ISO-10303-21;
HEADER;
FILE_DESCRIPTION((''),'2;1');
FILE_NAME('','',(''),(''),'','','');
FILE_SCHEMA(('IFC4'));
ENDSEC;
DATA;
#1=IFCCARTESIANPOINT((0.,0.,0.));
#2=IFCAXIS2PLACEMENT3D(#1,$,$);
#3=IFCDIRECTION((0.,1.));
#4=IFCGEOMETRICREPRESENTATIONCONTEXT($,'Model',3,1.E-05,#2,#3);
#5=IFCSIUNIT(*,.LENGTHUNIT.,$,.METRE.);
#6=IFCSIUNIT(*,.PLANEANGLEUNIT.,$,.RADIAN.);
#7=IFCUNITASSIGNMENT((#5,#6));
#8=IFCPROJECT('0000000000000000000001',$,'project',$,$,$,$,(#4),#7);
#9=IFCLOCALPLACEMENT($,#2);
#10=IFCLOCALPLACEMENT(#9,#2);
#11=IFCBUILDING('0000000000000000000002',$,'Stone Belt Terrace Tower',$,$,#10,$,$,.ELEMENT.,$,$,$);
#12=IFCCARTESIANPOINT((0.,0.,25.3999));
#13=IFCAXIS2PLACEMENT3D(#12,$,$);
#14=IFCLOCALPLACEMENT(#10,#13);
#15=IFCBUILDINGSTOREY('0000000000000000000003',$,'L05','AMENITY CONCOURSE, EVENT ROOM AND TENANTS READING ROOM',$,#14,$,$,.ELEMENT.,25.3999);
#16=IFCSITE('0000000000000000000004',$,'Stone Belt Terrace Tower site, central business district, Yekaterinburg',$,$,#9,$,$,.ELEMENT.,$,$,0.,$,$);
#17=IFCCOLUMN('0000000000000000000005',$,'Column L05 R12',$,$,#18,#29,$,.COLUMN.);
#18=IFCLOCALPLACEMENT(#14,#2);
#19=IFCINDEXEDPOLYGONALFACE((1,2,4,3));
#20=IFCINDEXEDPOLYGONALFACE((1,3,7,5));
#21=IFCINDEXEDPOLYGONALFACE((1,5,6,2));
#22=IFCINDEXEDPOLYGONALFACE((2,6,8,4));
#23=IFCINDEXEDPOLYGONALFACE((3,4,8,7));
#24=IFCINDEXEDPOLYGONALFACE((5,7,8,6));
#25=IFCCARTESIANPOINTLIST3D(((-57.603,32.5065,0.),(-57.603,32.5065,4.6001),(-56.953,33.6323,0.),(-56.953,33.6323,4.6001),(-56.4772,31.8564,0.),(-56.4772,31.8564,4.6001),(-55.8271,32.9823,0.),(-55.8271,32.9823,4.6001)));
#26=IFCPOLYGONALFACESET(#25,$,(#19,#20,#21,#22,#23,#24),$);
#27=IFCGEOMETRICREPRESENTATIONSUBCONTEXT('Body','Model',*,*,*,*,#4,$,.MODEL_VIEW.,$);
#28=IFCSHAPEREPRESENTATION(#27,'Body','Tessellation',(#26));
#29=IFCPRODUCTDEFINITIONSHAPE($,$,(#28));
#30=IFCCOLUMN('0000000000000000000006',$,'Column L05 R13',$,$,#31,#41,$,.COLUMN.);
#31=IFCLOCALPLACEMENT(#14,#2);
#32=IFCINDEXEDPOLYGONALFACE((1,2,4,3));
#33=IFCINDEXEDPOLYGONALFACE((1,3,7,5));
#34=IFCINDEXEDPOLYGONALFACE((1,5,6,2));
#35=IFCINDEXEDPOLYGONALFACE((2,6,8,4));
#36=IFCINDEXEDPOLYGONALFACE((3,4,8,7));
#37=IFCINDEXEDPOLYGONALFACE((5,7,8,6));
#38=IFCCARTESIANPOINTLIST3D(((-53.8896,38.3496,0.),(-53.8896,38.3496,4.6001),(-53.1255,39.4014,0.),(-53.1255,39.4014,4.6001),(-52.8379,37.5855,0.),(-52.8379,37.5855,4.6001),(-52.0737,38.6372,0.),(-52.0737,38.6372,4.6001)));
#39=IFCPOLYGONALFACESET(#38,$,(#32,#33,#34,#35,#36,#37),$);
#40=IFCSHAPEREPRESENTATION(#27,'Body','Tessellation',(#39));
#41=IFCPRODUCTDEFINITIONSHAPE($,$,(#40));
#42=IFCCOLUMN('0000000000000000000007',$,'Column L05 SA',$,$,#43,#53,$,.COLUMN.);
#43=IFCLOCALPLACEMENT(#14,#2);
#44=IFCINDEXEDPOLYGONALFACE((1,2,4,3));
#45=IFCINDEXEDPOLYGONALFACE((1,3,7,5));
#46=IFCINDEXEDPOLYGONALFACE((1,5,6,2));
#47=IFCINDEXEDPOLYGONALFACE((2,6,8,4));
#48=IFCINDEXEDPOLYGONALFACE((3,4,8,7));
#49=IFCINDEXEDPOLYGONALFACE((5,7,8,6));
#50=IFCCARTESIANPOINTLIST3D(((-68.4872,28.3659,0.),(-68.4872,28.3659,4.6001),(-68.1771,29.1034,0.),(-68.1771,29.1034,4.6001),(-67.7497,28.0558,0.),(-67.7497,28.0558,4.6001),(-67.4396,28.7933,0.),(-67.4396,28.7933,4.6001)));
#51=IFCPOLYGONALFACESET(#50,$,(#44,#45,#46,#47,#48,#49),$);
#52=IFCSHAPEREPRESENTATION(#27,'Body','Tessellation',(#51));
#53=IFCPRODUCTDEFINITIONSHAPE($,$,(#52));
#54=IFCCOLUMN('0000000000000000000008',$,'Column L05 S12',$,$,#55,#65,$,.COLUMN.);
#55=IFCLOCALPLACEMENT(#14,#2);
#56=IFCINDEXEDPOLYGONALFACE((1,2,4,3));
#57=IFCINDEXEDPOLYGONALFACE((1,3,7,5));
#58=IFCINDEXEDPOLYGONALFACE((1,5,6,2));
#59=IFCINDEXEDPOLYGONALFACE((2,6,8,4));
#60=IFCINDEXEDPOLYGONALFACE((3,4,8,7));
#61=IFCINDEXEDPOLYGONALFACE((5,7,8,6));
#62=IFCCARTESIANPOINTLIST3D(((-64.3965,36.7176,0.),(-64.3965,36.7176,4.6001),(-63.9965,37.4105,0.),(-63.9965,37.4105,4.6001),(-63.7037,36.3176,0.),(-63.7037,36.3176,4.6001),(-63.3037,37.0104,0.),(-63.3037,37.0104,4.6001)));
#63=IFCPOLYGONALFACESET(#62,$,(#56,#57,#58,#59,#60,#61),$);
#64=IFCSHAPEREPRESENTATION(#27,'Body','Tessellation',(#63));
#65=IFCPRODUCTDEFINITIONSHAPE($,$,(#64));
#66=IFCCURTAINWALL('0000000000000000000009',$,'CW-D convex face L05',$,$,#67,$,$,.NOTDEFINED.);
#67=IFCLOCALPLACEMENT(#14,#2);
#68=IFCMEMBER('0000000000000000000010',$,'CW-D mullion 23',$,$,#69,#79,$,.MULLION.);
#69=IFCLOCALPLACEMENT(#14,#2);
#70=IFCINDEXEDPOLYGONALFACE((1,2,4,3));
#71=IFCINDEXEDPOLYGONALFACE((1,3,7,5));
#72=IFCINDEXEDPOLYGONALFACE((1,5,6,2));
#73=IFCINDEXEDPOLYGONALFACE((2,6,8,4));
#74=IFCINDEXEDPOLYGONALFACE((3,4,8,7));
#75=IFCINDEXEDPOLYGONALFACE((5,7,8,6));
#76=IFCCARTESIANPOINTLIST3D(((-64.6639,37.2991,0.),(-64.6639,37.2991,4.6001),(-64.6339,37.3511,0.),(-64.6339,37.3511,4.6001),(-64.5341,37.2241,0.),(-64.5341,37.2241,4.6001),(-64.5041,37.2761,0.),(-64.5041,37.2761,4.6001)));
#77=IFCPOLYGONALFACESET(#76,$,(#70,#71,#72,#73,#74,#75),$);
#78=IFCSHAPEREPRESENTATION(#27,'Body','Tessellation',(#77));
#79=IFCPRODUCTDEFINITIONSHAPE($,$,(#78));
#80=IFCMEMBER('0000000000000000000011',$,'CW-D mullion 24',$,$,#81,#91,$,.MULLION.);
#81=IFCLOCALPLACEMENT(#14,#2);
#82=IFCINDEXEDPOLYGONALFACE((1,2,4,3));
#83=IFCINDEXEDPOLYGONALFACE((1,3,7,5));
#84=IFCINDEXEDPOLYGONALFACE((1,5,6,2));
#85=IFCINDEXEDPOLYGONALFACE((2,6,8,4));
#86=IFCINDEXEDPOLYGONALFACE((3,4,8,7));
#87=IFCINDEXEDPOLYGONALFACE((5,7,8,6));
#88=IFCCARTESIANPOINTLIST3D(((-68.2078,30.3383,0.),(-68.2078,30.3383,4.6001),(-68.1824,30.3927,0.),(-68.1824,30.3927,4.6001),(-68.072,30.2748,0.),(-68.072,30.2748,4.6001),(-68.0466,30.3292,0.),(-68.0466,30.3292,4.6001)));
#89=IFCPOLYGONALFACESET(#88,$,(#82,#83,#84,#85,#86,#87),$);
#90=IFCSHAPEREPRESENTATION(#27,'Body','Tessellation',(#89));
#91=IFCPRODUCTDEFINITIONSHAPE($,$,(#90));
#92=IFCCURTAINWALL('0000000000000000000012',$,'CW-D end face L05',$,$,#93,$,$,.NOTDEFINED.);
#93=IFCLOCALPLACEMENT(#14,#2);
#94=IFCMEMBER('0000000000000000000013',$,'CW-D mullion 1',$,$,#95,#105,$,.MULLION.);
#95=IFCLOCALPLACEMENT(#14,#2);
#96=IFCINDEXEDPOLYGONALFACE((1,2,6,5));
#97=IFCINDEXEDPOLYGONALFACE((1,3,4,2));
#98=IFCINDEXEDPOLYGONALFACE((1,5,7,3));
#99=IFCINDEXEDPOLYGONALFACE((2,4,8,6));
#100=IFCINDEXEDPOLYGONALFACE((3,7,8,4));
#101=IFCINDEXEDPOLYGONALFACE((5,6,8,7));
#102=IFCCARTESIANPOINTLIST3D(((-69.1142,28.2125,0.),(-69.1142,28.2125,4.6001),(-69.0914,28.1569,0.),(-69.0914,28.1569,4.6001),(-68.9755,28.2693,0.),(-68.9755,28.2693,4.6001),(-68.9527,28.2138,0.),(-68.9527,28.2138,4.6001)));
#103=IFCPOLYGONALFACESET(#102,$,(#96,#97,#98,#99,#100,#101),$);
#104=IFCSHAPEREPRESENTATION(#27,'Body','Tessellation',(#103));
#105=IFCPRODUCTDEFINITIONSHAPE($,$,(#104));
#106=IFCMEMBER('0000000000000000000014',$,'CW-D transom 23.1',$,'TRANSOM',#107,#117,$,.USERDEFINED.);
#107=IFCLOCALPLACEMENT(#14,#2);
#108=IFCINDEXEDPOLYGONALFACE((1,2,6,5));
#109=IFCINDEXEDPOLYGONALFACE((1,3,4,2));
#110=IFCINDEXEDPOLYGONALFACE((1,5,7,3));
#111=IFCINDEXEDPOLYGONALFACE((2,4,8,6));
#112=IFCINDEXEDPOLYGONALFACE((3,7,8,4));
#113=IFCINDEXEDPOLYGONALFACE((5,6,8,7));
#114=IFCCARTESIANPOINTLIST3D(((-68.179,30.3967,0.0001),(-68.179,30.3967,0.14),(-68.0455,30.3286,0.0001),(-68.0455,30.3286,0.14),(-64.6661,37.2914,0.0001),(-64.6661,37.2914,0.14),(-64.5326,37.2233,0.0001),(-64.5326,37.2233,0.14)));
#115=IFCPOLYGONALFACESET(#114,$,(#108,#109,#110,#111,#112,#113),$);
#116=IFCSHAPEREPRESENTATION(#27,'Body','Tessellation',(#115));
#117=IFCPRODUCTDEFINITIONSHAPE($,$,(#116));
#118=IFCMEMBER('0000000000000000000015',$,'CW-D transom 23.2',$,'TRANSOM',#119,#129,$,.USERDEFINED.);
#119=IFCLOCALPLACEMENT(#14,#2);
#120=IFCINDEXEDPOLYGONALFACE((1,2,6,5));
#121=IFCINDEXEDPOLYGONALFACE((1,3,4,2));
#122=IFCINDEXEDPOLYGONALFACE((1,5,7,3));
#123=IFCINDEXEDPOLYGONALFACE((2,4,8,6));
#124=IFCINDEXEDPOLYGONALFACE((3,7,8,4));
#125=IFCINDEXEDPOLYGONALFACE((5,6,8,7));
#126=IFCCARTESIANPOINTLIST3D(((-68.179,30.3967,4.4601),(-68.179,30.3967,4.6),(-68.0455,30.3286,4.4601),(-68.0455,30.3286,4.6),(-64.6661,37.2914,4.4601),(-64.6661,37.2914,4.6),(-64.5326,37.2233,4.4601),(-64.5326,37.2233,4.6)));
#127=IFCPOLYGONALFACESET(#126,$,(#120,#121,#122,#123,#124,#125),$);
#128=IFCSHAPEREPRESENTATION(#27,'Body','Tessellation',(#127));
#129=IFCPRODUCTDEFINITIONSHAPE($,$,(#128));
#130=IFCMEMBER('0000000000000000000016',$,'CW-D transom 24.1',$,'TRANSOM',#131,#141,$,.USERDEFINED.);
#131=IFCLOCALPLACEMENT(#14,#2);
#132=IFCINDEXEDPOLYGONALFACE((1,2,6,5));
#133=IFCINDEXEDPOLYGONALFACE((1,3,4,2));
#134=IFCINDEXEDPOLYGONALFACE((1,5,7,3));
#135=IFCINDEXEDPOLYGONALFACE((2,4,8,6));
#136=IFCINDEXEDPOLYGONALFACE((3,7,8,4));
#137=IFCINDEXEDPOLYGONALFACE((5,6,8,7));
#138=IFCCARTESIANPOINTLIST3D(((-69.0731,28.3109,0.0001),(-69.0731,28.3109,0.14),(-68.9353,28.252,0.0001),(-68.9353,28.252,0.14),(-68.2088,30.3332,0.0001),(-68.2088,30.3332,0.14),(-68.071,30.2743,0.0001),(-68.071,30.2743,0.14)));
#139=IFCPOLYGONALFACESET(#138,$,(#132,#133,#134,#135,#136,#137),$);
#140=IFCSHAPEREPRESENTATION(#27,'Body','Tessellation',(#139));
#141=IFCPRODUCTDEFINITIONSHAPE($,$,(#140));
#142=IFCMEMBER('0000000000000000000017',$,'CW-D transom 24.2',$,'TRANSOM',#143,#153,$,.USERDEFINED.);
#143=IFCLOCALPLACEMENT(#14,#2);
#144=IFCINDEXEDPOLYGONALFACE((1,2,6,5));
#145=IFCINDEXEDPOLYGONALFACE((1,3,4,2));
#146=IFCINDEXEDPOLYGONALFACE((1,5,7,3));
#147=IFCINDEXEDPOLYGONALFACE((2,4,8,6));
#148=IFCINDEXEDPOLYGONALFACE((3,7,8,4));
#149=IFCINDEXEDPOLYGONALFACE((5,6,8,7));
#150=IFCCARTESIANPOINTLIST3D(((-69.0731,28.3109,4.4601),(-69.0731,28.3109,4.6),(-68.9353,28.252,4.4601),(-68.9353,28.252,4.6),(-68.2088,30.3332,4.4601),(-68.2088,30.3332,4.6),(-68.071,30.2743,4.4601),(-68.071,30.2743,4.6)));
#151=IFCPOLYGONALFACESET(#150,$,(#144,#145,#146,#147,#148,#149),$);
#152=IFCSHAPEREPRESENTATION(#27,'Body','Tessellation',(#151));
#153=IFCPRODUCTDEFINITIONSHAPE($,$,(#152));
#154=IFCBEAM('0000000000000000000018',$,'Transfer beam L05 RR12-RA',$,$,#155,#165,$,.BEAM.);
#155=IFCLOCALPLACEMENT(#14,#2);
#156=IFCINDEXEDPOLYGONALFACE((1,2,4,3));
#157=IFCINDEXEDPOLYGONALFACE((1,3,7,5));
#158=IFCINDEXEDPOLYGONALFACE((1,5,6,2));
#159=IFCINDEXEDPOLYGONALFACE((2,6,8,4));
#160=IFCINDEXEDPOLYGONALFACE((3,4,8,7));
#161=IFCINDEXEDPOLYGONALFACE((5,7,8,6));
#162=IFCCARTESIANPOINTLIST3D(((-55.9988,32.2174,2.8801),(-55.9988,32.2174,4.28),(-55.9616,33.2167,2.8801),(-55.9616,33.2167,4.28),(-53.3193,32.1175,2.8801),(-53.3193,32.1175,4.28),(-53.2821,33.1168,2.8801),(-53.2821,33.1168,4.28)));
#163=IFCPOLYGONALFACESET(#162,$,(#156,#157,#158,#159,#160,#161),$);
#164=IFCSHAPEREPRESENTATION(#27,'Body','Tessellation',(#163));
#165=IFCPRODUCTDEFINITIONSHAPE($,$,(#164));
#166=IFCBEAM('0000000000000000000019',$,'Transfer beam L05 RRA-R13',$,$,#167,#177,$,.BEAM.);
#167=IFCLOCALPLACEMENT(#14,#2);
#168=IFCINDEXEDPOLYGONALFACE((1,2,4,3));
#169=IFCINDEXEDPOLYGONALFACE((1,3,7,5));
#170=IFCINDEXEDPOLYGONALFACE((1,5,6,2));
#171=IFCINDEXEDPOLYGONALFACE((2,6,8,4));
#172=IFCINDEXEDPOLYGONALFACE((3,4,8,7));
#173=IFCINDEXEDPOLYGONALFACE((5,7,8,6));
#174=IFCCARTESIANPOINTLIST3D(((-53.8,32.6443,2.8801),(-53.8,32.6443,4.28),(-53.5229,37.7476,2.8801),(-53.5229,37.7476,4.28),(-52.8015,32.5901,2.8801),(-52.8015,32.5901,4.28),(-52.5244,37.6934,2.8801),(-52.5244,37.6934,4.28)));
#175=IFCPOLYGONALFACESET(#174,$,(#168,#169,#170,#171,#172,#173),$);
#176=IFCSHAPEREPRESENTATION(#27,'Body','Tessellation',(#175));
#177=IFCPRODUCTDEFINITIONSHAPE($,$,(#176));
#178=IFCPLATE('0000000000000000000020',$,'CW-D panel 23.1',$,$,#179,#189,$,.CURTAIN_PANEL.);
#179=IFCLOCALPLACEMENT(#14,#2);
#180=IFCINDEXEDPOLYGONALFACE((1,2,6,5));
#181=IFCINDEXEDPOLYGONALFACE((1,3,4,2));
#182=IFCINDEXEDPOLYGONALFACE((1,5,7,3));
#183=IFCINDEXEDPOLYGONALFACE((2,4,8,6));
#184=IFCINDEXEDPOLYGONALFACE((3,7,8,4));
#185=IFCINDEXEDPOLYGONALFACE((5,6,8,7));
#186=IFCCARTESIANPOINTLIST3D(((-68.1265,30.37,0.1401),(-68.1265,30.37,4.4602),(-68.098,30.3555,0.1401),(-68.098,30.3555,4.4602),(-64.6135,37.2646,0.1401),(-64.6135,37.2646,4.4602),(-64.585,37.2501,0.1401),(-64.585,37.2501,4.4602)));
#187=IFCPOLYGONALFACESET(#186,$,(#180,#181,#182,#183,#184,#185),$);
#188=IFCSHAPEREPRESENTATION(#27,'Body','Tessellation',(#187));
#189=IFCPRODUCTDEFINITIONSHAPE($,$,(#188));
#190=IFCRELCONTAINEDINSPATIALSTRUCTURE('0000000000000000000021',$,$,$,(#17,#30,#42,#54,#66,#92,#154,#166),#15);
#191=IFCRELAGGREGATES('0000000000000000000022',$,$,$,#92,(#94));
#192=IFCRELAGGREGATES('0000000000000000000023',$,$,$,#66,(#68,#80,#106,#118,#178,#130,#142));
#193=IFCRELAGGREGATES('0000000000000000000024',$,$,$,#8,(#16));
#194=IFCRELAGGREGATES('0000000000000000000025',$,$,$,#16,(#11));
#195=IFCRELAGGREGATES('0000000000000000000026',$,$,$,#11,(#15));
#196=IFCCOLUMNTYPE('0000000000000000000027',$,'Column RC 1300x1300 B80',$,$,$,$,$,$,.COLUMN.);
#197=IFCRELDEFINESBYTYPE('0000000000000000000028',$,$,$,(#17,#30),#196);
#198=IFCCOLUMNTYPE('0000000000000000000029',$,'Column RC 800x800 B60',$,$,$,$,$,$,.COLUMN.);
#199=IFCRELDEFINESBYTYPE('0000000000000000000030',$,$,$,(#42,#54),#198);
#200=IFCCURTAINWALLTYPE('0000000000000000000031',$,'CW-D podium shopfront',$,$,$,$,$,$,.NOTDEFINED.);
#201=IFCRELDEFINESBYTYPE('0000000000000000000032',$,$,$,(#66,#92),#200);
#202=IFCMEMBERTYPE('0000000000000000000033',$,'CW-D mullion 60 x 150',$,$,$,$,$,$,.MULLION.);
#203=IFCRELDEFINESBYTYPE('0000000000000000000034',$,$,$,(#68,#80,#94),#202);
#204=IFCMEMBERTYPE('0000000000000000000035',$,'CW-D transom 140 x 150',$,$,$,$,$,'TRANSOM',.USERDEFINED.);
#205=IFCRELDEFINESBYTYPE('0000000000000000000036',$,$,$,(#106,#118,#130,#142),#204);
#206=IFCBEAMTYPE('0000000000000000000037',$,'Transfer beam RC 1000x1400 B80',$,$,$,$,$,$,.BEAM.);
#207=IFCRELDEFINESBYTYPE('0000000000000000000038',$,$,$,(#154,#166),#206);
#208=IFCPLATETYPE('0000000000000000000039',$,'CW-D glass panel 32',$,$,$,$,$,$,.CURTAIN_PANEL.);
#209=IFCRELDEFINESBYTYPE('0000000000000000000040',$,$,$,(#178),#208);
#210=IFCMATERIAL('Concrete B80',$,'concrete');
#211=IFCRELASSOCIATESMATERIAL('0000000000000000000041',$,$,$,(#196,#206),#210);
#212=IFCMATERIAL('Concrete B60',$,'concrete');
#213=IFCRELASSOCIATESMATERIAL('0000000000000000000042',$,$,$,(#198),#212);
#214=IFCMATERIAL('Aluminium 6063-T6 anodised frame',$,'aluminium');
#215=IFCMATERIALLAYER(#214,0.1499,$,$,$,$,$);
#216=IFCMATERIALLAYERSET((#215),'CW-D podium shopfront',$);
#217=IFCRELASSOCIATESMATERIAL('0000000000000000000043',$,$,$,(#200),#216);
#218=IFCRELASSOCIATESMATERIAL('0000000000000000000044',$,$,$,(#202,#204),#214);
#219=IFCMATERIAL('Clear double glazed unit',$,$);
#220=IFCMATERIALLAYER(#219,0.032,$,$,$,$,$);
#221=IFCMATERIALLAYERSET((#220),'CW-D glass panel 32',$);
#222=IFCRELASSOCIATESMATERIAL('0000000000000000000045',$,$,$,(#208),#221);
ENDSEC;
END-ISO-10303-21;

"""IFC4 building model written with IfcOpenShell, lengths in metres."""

from ifc_helpers import new_model, si_unit, direction, frame, origin, origin_2d, place, context, subcontext, project, spatial, rectangle, extrude, material, layer, layer_set, material_profile, profile_set, type_object, element, aggregate, save


model = new_model("IFC4")

# Units and contexts
model_context = context("Model", 3, precision=1e-05, world=origin(), true_north=direction((0.0, 1.0)))
body_context = subcontext(model_context, "Body", "Model", "MODEL_VIEW")
ifc_project = project(units=[si_unit("LENGTHUNIT", "METRE"), si_unit("PLANEANGLEUNIT", "RADIAN")], contexts=[model_context])

# Site, building, storey
site_placement = place(None, origin())
site = spatial("IfcSite", under=ifc_project, at=site_placement, Name="Stone Belt Terrace Tower site, central business district, Yekaterinburg", CompositionType="ELEMENT", RefElevation=0.0)
building_placement = place(site_placement, origin())
building = spatial("IfcBuilding", under=site, at=building_placement, Name="Stone Belt Terrace Tower", CompositionType="ELEMENT")
storey_placement = place(building_placement, frame((0.0, 0.0, 25.3999)))
storey = spatial("IfcBuildingStorey", under=building, at=storey_placement, Name="L05", Description="AMENITY CONCOURSE, EVENT ROOM AND TENANTS READING ROOM", CompositionType="ELEMENT", Elevation=25.3999)

# Columns
ifc_material_1 = material(Name="Concrete B80", Category="concrete")
ifc_material_profile_1 = material_profile(ifc_material_1, rectangle(XDim=1.3, YDim=1.3, at=origin_2d()), Name="RC 1300x1300")
ifc_profile_set_1 = profile_set([ifc_material_profile_1], Name="Concrete B80")
column_type_1 = type_object("IfcColumnType", Name="Column RC 1300x1300 B80", PredefinedType="COLUMN", material=ifc_profile_set_1)
for number, where, z_axis, x_axis, name in (
    (1, (-56.7151, 32.7444, 0.0), (0.0, 0.0, 1.0), (0.5, 0.866025, 0.0), "Column L05 R12"),
    (2, (-52.9817, 38.4934, 0.0), (0.0, 0.0, 1.0), (0.587785, 0.809017, 0.0), "Column L05 R13"),
):
    element("IfcColumn", number, at=place(storey_placement, frame(where, z_axis=z_axis, x_axis=x_axis)), inside=storey, type_object=column_type_1, Name=name, PredefinedType="COLUMN", context=body_context, shape_type="SweptSolid", body=[
        extrude(rectangle(XDim=1.3, YDim=1.3, at=origin_2d()), origin(), (0.0, 0.0, 1.0), 4.6001),
    ])
ifc_material_2 = material(Name="Concrete B60", Category="concrete")
ifc_material_profile_2 = material_profile(ifc_material_2, rectangle(XDim=0.8, YDim=0.8, at=origin_2d()), Name="RC 800x800")
ifc_profile_set_2 = profile_set([ifc_material_profile_2], Name="Concrete B60")
column_type_2 = type_object("IfcColumnType", Name="Column RC 800x800 B60", PredefinedType="COLUMN", material=ifc_profile_set_2)
for number, where, z_axis, x_axis, name in (
    (3, (-67.9634, 28.5796, 0.0), (0.0, 0.0, 1.0), (0.387636, 0.921812, 0.0), "Column L05 SA"),
    (4, (-63.8501, 36.864, 0.0), (0.0, 0.0, 1.0), (0.5, 0.866025, 0.0), "Column L05 S12"),
):
    element("IfcColumn", number, at=place(storey_placement, frame(where, z_axis=z_axis, x_axis=x_axis)), inside=storey, type_object=column_type_2, Name=name, PredefinedType="COLUMN", context=body_context, shape_type="SweptSolid", body=[
        extrude(rectangle(XDim=0.8, YDim=0.8, at=origin_2d()), origin(), (0.0, 0.0, 1.0), 4.6001),
    ])

# Curtain wall, members
ifc_material_3 = material(Name="Aluminium 6063-T6 anodised frame", Category="aluminium")
ifc_layer_1 = layer(ifc_material_3, 0.1499)
ifc_layer_set_1 = layer_set([ifc_layer_1], Name="CW-D podium shopfront")
curtain_wall_type = type_object("IfcCurtainWallType", Name="CW-D podium shopfront", PredefinedType="NOTDEFINED", material=ifc_layer_set_1)
curtain_wall_1_placement = place(storey_placement, origin())
curtain_wall_1 = element("IfcCurtainWall", 5, at=curtain_wall_1_placement, inside=storey, type_object=curtain_wall_type, Name="CW-D convex face L05", PredefinedType="NOTDEFINED")
ifc_material_profile_3 = material_profile(ifc_material_3, rectangle(XDim=0.1499, YDim=0.0601, at=origin_2d()), Name="Aluminium 6063-T6 60x150")
ifc_profile_set_3 = profile_set([ifc_material_profile_3], Name="Aluminium 6063-T6 anodised frame")
member_type_1 = type_object("IfcMemberType", Name="CW-D mullion 60 x 150", PredefinedType="MULLION", material=ifc_profile_set_3)
member_1_placement = place(storey_placement, frame((-64.584, 37.2876, 0.0), z_axis=(0.0, 0.0, 1.0), x_axis=(0.866025, -0.5, 0.0)))
member_1 = element("IfcMember", 6, at=member_1_placement, type_object=member_type_1, Name="CW-D mullion 23", PredefinedType="MULLION", context=body_context, shape_type="SweptSolid", body=[
    extrude(rectangle(XDim=0.1499, YDim=0.0601, at=origin_2d()), origin(), (0.0, 0.0, 1.0), 4.6001),
])
member_2_placement = place(storey_placement, frame((-68.1272, 30.3337, 0.0), z_axis=(0.0, 0.0, 1.0), x_axis=(0.905778, -0.423752, 0.0)))
member_2 = element("IfcMember", 7, at=member_2_placement, type_object=member_type_1, Name="CW-D mullion 24", PredefinedType="MULLION", context=body_context, shape_type="SweptSolid", body=[
    extrude(rectangle(XDim=0.1499, YDim=0.0601, at=origin_2d()), origin(), (0.0, 0.0, 1.0), 4.6001),
])

# Curtain wall, member
curtain_wall_2_placement = place(storey_placement, origin())
curtain_wall_2 = element("IfcCurtainWall", 8, at=curtain_wall_2_placement, inside=storey, type_object=curtain_wall_type, Name="CW-D end face L05", PredefinedType="NOTDEFINED")
member_3_placement = place(storey_placement, frame((-69.0334, 28.2131, 0.0), z_axis=(0.0, 0.0, 1.0), x_axis=(0.92531, 0.379212, 0.0)))
member_3 = element("IfcMember", 9, at=member_3_placement, type_object=member_type_1, Name="CW-D mullion 1", PredefinedType="MULLION", context=body_context, shape_type="SweptSolid", body=[
    extrude(rectangle(XDim=0.1499, YDim=0.0601, at=origin_2d()), origin(), (0.0, 0.0, 1.0), 4.6001),
])
aggregate(curtain_wall_2, [member_3])

# Members
ifc_material_profile_4 = material_profile(ifc_material_3, rectangle(XDim=0.1499, YDim=0.1399, at=origin_2d()), Name="Aluminium 6063-T6 150x140")
ifc_profile_set_4 = profile_set([ifc_material_profile_4], Name="Aluminium 6063-T6 anodised frame")
member_type_2 = type_object("IfcMemberType", Name="CW-D transom 140 x 150", ElementType="TRANSOM", PredefinedType="USERDEFINED", material=ifc_profile_set_4)
member_4_placement = place(storey_placement, frame((-64.5994, 37.2573, 0.0701), z_axis=(-0.453978, -0.891013, 0.0), x_axis=(0.891013, -0.453978, 0.0)))
member_4 = element("IfcMember", 10, at=member_4_placement, type_object=member_type_2, Name="CW-D transom 23.1", ObjectType="TRANSOM", PredefinedType="USERDEFINED", context=body_context, shape_type="SweptSolid", body=[
    extrude(rectangle(XDim=0.1499, YDim=0.1399, at=origin_2d()), origin(), (0.0, 0.0, 1.0), 7.738),
])
member_5_placement = place(storey_placement, frame((-64.5994, 37.2573, 4.53), z_axis=(-0.453978, -0.891013, 0.0), x_axis=(0.891013, -0.453978, 0.0)))
member_5 = element("IfcMember", 11, at=member_5_placement, type_object=member_type_2, Name="CW-D transom 23.2", ObjectType="TRANSOM", PredefinedType="USERDEFINED", context=body_context, shape_type="SweptSolid", body=[
    extrude(rectangle(XDim=0.1499, YDim=0.1399, at=origin_2d()), origin(), (0.0, 0.0, 1.0), 7.738),
])
member_6_placement = place(storey_placement, frame((-68.1399, 30.3037, 0.0701), z_axis=(-0.392995, -0.919541, 0.0), x_axis=(0.919541, -0.392995, 0.0)))
member_6 = element("IfcMember", 12, at=member_6_placement, type_object=member_type_2, Name="CW-D transom 24.1", ObjectType="TRANSOM", PredefinedType="USERDEFINED", context=body_context, shape_type="SweptSolid", body=[
    extrude(rectangle(XDim=0.1499, YDim=0.1399, at=origin_2d()), origin(), (0.0, 0.0, 1.0), 2.1992),
])
member_7_placement = place(storey_placement, frame((-68.1399, 30.3037, 4.53), z_axis=(-0.392995, -0.919541, 0.0), x_axis=(0.919541, -0.392995, 0.0)))
member_7 = element("IfcMember", 13, at=member_7_placement, type_object=member_type_2, Name="CW-D transom 24.2", ObjectType="TRANSOM", PredefinedType="USERDEFINED", context=body_context, shape_type="SweptSolid", body=[
    extrude(rectangle(XDim=0.1499, YDim=0.1399, at=origin_2d()), origin(), (0.0, 0.0, 1.0), 2.1992),
])

# Beams
ifc_material_profile_5 = material_profile(ifc_material_1, rectangle(XDim=1.0, YDim=1.3999, at=origin_2d()), Name="RC 1000x1400")
ifc_profile_set_5 = profile_set([ifc_material_profile_5], Name="Concrete B80")
beam_type = type_object("IfcBeamType", Name="Transfer beam RC 1000x1400 B80", PredefinedType="BEAM", material=ifc_profile_set_5)
beam_1_placement = place(storey_placement, frame((-55.9802, 32.717, 3.5801), z_axis=(0.999306, -0.037241, 0.0), x_axis=(0.037241, 0.999306, 0.0)))
element("IfcBeam", 14, at=beam_1_placement, inside=storey, type_object=beam_type, Name="Transfer beam L05 RR12-RA", PredefinedType="BEAM", context=body_context, shape_type="SweptSolid", body=[
    extrude(rectangle(XDim=1.0, YDim=1.3999, at=origin_2d()), origin(), (0.0, 0.0, 1.0), 2.6814),
])
beam_2_placement = place(storey_placement, frame((-53.3008, 32.6172, 3.5801), z_axis=(0.054219, 0.998529, 0.0), x_axis=(-0.998529, 0.054219, 0.0)))
element("IfcBeam", 15, at=beam_2_placement, inside=storey, type_object=beam_type, Name="Transfer beam L05 RRA-R13", PredefinedType="BEAM", context=body_context, shape_type="SweptSolid", body=[
    extrude(rectangle(XDim=1.0, YDim=1.3999, at=origin_2d()), origin(), (0.0, 0.0, 1.0), 5.1108),
])

# Plate
ifc_material_4 = material(Name="Clear double glazed unit")
ifc_layer_2 = layer(ifc_material_4, 0.032)
ifc_layer_set_2 = layer_set([ifc_layer_2], Name="CW-D glass panel 32")
plate_type = type_object("IfcPlateType", Name="CW-D glass panel 32", PredefinedType="CURTAIN_PANEL", material=ifc_layer_set_2)
plate_1_placement = place(storey_placement, frame((-66.3557, 33.8101, 0.1401), z_axis=(0.0, 0.0, 1.0), x_axis=(-0.45399, -0.891007, 0.0)))
plate_1 = element("IfcPlate", 16, at=plate_1_placement, type_object=plate_type, Name="CW-D panel 23.1", PredefinedType="CURTAIN_PANEL", context=body_context, shape_type="SweptSolid", body=[
    extrude(rectangle(XDim=7.738, YDim=0.032, at=origin_2d()), origin(), (0.0, 0.0, 1.0), 4.3201),
])
aggregate(curtain_wall_1, [member_1, member_2, member_4, member_5, plate_1, member_6, member_7])

save(model, "model.ifc")
